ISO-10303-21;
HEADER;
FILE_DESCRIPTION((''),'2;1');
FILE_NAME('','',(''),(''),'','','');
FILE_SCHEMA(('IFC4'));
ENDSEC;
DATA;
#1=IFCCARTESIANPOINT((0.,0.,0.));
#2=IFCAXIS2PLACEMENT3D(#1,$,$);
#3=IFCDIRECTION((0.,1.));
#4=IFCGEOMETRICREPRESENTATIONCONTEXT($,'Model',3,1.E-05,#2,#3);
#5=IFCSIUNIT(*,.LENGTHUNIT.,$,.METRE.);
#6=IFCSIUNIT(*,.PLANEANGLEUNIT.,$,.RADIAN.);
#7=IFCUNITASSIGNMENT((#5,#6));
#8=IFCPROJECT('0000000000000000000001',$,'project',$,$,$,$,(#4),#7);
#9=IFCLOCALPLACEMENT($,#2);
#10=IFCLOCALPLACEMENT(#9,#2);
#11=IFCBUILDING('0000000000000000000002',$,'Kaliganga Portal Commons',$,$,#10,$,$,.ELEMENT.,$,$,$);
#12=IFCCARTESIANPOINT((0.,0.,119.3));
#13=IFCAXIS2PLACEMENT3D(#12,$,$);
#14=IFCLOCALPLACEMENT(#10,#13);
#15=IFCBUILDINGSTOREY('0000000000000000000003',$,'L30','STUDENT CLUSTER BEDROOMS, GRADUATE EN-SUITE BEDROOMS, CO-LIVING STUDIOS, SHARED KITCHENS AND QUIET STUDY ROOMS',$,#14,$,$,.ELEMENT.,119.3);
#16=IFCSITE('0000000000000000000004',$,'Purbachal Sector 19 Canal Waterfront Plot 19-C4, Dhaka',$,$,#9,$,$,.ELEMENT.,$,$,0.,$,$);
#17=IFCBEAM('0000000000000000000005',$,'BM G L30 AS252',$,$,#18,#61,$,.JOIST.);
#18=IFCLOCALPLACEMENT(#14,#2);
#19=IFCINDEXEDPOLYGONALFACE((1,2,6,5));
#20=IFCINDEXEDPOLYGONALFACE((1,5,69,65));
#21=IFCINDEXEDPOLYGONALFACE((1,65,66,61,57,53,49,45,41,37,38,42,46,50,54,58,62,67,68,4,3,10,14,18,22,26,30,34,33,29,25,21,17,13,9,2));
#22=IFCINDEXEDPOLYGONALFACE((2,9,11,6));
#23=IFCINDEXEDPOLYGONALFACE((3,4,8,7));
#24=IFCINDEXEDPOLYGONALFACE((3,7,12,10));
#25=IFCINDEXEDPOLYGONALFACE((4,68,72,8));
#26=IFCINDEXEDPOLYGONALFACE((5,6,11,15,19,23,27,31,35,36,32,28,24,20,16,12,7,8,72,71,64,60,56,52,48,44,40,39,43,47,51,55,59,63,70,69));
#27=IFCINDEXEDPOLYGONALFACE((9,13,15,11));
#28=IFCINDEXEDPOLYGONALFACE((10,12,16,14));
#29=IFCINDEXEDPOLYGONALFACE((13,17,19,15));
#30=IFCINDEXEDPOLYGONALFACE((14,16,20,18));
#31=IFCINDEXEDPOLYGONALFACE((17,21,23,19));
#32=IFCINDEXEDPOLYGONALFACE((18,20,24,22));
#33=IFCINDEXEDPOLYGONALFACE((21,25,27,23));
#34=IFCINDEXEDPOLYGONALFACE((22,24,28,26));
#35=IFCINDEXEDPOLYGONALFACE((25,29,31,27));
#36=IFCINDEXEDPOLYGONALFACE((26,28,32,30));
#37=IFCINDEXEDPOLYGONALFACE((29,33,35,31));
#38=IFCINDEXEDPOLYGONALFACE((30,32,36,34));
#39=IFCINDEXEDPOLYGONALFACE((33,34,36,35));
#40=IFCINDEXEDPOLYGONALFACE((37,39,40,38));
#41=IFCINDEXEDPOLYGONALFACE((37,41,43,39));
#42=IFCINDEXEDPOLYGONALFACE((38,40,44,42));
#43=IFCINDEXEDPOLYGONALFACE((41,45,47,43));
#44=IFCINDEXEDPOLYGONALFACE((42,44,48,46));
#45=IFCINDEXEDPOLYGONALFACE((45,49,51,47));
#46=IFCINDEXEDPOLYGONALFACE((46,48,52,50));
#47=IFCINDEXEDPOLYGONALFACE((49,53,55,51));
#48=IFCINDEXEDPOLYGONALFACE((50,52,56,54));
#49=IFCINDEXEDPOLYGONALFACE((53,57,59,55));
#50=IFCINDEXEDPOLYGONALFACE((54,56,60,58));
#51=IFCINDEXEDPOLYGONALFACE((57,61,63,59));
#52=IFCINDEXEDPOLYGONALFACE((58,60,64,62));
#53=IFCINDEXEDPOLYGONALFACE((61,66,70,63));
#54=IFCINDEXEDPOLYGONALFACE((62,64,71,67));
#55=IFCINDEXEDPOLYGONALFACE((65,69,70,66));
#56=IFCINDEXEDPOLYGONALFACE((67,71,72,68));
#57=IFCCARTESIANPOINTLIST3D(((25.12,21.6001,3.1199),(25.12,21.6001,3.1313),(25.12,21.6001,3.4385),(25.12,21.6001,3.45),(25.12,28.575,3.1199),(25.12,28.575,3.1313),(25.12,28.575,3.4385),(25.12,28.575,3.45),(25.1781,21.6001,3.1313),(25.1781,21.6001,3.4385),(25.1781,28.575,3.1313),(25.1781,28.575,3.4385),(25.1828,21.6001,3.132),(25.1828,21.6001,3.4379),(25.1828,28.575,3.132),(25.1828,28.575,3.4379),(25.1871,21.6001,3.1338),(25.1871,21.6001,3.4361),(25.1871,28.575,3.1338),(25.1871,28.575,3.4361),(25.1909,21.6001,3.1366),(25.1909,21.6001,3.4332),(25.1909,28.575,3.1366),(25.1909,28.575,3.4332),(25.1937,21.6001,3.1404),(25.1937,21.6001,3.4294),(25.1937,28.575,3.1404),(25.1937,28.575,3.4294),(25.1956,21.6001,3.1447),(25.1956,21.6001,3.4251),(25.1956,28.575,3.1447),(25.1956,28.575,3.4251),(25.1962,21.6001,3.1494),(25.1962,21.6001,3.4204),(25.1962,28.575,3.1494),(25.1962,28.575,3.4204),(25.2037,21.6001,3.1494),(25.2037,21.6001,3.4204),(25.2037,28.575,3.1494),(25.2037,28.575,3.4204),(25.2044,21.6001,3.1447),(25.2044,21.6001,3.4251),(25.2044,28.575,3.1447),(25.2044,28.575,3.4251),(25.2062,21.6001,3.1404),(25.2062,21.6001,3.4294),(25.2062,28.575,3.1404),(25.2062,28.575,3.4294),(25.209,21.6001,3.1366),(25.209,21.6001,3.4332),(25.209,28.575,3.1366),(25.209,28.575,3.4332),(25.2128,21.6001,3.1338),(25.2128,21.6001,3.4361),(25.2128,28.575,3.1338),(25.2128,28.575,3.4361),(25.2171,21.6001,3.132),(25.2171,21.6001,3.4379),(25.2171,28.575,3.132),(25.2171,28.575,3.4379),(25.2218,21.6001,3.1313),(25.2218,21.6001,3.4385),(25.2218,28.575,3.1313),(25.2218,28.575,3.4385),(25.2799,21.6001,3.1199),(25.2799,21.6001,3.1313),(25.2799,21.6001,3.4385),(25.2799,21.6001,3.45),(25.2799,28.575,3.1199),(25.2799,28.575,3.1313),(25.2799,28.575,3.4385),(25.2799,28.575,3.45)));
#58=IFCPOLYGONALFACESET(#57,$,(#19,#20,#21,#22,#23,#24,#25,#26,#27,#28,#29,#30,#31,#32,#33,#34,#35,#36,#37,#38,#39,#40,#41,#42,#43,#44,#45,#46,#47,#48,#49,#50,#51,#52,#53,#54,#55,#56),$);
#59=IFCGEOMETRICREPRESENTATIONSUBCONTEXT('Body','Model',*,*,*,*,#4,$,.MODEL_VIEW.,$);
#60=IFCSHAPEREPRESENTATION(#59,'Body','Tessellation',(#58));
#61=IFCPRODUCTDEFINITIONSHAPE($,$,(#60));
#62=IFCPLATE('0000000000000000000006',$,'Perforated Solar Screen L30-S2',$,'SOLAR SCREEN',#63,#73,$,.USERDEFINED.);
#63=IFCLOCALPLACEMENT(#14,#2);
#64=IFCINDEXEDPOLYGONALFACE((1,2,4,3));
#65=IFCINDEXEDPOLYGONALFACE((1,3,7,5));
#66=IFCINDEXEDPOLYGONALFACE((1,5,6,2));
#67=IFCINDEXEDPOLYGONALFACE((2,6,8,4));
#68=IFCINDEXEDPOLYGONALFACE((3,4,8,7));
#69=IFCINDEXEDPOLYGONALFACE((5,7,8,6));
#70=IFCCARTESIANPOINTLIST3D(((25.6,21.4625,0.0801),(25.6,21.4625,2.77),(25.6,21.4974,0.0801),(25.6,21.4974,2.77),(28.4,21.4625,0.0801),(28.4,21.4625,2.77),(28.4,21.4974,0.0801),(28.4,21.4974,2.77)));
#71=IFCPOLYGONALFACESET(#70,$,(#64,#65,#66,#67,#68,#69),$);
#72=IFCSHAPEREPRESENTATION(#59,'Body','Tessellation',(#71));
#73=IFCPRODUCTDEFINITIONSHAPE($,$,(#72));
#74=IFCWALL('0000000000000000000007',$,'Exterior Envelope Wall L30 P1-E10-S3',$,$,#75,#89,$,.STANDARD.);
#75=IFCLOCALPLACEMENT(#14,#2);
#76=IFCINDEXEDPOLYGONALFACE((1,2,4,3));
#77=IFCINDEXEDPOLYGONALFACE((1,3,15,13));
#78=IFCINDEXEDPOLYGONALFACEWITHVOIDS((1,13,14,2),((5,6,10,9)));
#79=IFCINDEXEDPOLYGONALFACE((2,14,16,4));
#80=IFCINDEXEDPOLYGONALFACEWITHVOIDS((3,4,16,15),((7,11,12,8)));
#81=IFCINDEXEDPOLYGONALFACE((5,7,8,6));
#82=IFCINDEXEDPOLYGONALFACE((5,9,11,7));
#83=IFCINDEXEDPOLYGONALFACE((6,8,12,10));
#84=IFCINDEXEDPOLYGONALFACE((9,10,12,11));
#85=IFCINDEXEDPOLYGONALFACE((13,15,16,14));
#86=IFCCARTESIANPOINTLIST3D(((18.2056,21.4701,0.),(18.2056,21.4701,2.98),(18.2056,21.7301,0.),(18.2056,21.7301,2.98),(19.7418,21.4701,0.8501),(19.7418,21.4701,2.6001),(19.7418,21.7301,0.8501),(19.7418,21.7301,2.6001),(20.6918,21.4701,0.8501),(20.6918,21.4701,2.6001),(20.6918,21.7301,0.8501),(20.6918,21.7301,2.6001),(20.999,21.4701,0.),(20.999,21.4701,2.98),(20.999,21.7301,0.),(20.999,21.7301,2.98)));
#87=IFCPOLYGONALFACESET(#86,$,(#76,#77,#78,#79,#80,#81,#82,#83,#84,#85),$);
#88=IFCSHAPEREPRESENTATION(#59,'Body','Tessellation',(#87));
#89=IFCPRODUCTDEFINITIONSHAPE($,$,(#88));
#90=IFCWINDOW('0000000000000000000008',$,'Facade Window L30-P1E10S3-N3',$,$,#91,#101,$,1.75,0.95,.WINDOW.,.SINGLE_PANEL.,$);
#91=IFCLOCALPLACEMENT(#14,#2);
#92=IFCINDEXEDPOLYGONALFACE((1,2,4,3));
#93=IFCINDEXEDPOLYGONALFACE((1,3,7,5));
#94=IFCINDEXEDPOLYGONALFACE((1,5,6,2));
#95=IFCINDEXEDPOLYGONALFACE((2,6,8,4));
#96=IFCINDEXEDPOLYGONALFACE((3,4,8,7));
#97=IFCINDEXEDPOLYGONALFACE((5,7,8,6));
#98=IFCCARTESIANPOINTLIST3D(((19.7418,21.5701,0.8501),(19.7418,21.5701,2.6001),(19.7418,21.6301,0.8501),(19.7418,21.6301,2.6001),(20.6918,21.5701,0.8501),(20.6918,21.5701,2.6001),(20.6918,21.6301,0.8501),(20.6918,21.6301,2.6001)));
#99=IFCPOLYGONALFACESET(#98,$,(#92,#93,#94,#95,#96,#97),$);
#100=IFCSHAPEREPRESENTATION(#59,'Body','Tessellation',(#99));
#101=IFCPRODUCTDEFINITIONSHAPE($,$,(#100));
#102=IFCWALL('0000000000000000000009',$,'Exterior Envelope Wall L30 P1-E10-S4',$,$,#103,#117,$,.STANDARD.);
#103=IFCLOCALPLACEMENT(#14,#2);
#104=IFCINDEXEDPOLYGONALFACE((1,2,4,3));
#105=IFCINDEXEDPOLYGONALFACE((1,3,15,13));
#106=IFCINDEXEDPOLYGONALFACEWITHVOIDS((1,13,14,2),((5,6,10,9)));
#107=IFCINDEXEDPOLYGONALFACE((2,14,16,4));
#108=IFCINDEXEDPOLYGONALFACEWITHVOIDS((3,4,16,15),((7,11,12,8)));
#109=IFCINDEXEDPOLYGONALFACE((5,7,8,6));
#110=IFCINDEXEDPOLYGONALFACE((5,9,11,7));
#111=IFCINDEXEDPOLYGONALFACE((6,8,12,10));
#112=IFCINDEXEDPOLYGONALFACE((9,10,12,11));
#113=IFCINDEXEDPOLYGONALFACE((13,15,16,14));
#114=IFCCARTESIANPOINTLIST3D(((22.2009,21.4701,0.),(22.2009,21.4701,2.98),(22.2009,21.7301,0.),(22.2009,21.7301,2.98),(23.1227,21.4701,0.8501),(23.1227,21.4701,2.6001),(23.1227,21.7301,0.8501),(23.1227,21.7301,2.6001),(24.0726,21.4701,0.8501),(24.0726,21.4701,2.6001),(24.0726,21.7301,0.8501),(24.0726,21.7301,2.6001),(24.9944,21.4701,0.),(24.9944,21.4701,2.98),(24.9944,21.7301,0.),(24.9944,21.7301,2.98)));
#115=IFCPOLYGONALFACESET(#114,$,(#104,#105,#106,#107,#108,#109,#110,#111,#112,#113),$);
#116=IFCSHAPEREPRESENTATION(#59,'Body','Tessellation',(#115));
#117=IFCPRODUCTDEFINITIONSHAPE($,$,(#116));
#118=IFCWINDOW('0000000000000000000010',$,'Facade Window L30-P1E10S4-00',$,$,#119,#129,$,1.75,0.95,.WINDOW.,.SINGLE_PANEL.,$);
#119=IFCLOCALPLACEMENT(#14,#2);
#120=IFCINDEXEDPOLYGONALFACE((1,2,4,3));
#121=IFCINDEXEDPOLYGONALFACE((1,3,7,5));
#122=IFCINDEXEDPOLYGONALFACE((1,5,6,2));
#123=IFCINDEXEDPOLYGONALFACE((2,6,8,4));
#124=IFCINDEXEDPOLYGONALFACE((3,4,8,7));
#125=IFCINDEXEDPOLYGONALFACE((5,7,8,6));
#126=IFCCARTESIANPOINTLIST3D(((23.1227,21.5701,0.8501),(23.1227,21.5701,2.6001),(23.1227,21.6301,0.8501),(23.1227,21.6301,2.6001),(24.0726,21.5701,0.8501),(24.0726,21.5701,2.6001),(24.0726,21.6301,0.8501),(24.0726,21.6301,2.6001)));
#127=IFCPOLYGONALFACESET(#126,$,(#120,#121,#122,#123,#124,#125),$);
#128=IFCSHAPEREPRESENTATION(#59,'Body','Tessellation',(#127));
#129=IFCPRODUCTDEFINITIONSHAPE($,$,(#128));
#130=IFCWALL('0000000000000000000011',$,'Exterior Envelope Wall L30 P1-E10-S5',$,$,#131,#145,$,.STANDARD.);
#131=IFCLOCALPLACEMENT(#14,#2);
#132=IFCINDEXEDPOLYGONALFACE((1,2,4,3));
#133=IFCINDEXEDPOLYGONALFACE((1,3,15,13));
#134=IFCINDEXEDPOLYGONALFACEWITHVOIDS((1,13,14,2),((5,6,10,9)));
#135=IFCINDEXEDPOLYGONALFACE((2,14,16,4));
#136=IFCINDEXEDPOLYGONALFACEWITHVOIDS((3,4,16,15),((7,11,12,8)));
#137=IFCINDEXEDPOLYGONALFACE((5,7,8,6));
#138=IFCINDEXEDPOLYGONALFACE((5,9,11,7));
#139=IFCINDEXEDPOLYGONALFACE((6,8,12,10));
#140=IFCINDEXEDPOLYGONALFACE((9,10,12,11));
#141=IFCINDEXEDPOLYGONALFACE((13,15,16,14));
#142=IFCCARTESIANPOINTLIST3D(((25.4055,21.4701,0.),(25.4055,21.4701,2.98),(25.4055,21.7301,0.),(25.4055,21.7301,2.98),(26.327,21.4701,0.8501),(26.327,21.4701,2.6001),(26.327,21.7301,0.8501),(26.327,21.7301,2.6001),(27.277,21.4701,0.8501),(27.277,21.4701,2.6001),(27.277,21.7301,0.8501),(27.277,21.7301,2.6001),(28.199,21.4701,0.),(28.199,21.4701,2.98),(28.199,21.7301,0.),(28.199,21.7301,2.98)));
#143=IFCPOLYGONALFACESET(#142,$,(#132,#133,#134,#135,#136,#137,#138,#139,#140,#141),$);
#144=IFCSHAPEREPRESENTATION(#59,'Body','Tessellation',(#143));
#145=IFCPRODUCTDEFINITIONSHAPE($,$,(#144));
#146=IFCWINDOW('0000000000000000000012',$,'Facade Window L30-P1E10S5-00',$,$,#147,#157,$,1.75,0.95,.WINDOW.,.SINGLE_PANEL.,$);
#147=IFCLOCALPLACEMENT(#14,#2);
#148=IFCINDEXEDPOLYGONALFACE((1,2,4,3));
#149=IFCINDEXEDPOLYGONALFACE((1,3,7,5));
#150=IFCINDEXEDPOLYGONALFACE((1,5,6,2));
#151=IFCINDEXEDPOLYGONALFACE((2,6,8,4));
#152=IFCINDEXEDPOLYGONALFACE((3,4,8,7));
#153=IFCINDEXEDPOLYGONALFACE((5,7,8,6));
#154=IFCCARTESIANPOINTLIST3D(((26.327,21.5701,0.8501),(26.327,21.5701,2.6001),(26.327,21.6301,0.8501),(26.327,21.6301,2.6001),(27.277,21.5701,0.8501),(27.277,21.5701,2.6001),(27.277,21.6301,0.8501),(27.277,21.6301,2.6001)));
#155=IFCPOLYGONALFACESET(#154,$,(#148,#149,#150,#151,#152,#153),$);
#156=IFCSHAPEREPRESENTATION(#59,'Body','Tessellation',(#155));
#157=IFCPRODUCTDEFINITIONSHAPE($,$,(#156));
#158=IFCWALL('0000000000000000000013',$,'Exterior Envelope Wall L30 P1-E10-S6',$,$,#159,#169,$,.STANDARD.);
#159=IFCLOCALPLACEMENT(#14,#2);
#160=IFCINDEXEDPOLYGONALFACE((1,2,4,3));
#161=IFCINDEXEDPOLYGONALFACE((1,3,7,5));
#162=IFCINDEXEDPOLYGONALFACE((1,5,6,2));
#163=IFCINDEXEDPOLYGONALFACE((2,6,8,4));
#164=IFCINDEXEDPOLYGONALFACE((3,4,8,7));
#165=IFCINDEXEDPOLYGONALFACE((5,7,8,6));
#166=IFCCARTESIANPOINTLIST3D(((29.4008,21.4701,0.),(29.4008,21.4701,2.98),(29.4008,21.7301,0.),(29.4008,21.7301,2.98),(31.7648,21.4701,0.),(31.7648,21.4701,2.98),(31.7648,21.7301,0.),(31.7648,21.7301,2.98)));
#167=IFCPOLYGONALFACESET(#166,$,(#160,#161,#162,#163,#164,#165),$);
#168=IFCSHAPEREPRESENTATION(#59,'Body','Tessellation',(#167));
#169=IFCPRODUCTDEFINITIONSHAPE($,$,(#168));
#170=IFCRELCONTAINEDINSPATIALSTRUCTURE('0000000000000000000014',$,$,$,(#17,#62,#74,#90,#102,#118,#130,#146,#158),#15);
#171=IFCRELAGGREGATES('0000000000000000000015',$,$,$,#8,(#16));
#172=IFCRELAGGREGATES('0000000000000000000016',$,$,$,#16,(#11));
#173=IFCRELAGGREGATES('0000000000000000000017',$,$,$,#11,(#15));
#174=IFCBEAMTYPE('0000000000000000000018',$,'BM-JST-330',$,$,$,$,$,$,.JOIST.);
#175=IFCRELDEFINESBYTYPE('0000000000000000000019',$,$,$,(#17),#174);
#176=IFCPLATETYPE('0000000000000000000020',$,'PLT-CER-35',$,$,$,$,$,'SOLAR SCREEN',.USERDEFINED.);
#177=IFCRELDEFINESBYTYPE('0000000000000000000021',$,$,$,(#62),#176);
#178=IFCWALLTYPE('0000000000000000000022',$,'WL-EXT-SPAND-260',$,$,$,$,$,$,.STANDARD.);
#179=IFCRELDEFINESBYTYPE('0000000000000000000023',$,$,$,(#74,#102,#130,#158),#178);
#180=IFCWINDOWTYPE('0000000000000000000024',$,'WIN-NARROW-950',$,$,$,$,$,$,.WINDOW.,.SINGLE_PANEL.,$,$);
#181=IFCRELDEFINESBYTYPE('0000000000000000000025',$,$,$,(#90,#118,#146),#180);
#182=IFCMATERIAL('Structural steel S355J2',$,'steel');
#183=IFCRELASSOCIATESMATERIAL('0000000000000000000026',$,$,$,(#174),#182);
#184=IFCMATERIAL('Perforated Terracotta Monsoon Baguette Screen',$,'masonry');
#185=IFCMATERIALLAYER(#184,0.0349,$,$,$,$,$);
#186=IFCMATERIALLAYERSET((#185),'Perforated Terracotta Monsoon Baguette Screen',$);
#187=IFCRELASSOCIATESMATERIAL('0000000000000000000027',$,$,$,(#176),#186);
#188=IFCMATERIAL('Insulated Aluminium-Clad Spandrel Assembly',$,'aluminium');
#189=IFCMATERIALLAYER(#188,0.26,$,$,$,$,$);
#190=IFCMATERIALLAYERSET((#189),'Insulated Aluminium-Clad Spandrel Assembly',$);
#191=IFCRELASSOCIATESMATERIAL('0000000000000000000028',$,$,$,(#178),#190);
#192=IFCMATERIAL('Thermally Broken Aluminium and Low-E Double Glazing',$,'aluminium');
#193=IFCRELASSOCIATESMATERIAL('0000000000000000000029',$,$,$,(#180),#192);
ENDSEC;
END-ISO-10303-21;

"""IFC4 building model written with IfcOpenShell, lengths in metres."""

from ifc_helpers import new_model, si_unit, direction, frame, frame_2d, origin, origin_2d, place, context, subcontext, project, spatial, rectangle, i_section, extrude, source, transform, mapped, material, layer, layer_set, material_profile, profile_set, type_object, element, fill, save


model = new_model("IFC4")

# Units and contexts
model_context = context("Model", 3, precision=1e-05, world=origin(), true_north=direction((0.0, 1.0)))
body_context = subcontext(model_context, "Body", "Model", "MODEL_VIEW")
ifc_project = project(units=[si_unit("LENGTHUNIT", "METRE"), si_unit("PLANEANGLEUNIT", "RADIAN")], contexts=[model_context])

# Site, building, storey
site_placement = place(None, origin())
site = spatial("IfcSite", under=ifc_project, at=site_placement, Name="Purbachal Sector 19 Canal Waterfront Plot 19-C4, Dhaka", CompositionType="ELEMENT", RefElevation=0.0)
building_placement = place(site_placement, origin())
building = spatial("IfcBuilding", under=site, at=building_placement, Name="Kaliganga Portal Commons", CompositionType="ELEMENT")
storey_placement = place(building_placement, frame((0.0, 0.0, 119.3)))
storey = spatial("IfcBuildingStorey", under=building, at=storey_placement, Name="L30", Description="STUDENT CLUSTER BEDROOMS, GRADUATE EN-SUITE BEDROOMS, CO-LIVING STUDIOS, SHARED KITCHENS AND QUIET STUDY ROOMS", CompositionType="ELEMENT", Elevation=119.3)

# Beam
ifc_material_1 = material(Name="Structural steel S355J2", Category="steel")
ifc_material_profile_1 = material_profile(ifc_material_1, i_section(OverallWidth=0.1599, OverallDepth=0.3301, WebThickness=0.0076, FlangeThickness=0.0115, FilletRadius=0.0181, at=origin_2d()), Name="IPE 330")
ifc_profile_set_1 = profile_set([ifc_material_profile_1], Name="Structural steel S355J2 wide-flange")
beam_type_1 = type_object("IfcBeamType", Name="BM-JST-330", PredefinedType="JOIST", material=ifc_profile_set_1)
shared_shape_1 = source(origin(), body_context, "Body", "SweptSolid", [
    extrude(i_section(OverallWidth=0.1599, OverallDepth=0.3301, WebThickness=0.0076, FlangeThickness=0.0115, FilletRadius=0.0181, at=origin_2d()), origin(), (0.0, 0.0, 1.0), 6.9749),
])
beam_1_placement = place(storey_placement, frame((25.2, 21.6001, 3.2849), z_axis=(0.0, 1.0, 0.0), x_axis=(-1.0, 0.0, 0.0)))
element("IfcBeam", 1, at=beam_1_placement, inside=storey, type_object=beam_type_1, Name="BM G L30 AS252", PredefinedType="JOIST", context=body_context, shape_type="MappedRepresentation", body=[
    mapped(shared_shape_1, transform((0.0, 0.0, 0.0), x_axis=(1.0, 0.0, 0.0), y_axis=(0.0, 1.0, 0.0), z_axis=(0.0, 0.0, 1.0), scale=1.0)),
])

# Plate
ifc_material_2 = material(Name="Perforated Terracotta Monsoon Baguette Screen", Category="masonry")
ifc_layer_1 = layer(ifc_material_2, 0.0349)
ifc_layer_set_1 = layer_set([ifc_layer_1], Name="Perforated Terracotta Monsoon Baguette Screen")
plate_type = type_object("IfcPlateType", Name="PLT-CER-35", ElementType="SOLAR SCREEN", PredefinedType="USERDEFINED", material=ifc_layer_set_1)
shared_shape_2 = source(origin(), body_context, "Body", "SweptSolid", [
    extrude(rectangle(XDim=2.8, YDim=0.0349, at=origin_2d()), origin(), (0.0, 0.0, 1.0), 2.6899),
])
plate_placement = place(storey_placement, frame((27.0, 21.48, 0.0801), z_axis=(0.0, 0.0, 1.0), x_axis=(1.0, 0.0, 0.0)))
element("IfcPlate", 2, at=plate_placement, inside=storey, type_object=plate_type, Name="Perforated Solar Screen L30-S2", ObjectType="SOLAR SCREEN", PredefinedType="USERDEFINED", context=body_context, shape_type="MappedRepresentation", body=[
    mapped(shared_shape_2, transform((0.0, 0.0, 0.0), x_axis=(1.0, 0.0, 0.0), y_axis=(0.0, 1.0, 0.0), z_axis=(0.0, 0.0, 1.0), scale=1.0)),
])

# Walls, openings, windows
ifc_material_3 = material(Name="Insulated Aluminium-Clad Spandrel Assembly", Category="aluminium")
ifc_layer_2 = layer(ifc_material_3, 0.26)
ifc_layer_set_2 = layer_set([ifc_layer_2], Name="Insulated Aluminium-Clad Spandrel Assembly")
wall_type_1 = type_object("IfcWallType", Name="WL-EXT-SPAND-260", PredefinedType="STANDARD", material=ifc_layer_set_2)
wall_1_placement = place(storey_placement, frame((20.999, 21.6001, 0.0), z_axis=(0.0, 0.0, 1.0), x_axis=(-1.0, 0.0, 0.0)))
wall_1 = element("IfcWall", 3, at=wall_1_placement, inside=storey, type_object=wall_type_1, Name="Exterior Envelope Wall L30 P1-E10-S3", PredefinedType="STANDARD", context=body_context, shape_type="SweptSolid", body=[
    extrude(rectangle(XDim=2.7935, YDim=0.26, at=frame_2d((1.3967, 0.0))), origin(), (0.0, 0.0, 1.0), 2.98),
])
opening_1_placement = place(wall_1_placement, frame((0.3071, 0.0, 0.8501)))
opening_1 = element("IfcOpeningElement", 4, at=opening_1_placement, cuts=wall_1, PredefinedType="OPENING", context=body_context, shape_type="SweptSolid", body=[
    extrude(rectangle(XDim=0.95, YDim=1.75, at=frame_2d((0.4751, 0.875))), frame((0.0, 0.1401, 0.0), z_axis=(0.0, -1.0, 0.0), x_axis=(1.0, 0.0, 0.0)), (0.0, 0.0, 1.0), 0.28),
])
ifc_material_4 = material(Name="Thermally Broken Aluminium and Low-E Double Glazing", Category="aluminium")
window_type_1 = type_object("IfcWindowType", Name="WIN-NARROW-950", PartitioningType="SINGLE_PANEL", PredefinedType="WINDOW", material=ifc_material_4)
window_1_placement = place(opening_1_placement, origin())
window_1 = element("IfcWindow", 5, at=window_1_placement, inside=storey, type_object=window_type_1, Name="Facade Window L30-P1E10S3-N3", OverallHeight=1.75, OverallWidth=0.95, PartitioningType="SINGLE_PANEL", PredefinedType="WINDOW", context=body_context, shape_type="SweptSolid", body=[
    extrude(rectangle(XDim=0.95, YDim=1.75, at=frame_2d((0.4751, 0.875))), frame((0.0, 0.03, 0.0), z_axis=(0.0, -1.0, 0.0), x_axis=(1.0, 0.0, 0.0)), (0.0, 0.0, 1.0), 0.0601),
])
fill(opening_1, window_1)
wall_2_placement = place(storey_placement, frame((24.9944, 21.6001, 0.0), z_axis=(0.0, 0.0, 1.0), x_axis=(-1.0, 0.0, 0.0)))
wall_2 = element("IfcWall", 6, at=wall_2_placement, inside=storey, type_object=wall_type_1, Name="Exterior Envelope Wall L30 P1-E10-S4", PredefinedType="STANDARD", context=body_context, shape_type="SweptSolid", body=[
    extrude(rectangle(XDim=2.7935, YDim=0.26, at=frame_2d((1.3967, 0.0))), origin(), (0.0, 0.0, 1.0), 2.98),
])
opening_2_placement = place(wall_2_placement, frame((0.9216, 0.0, 0.8501)))
opening_2 = element("IfcOpeningElement", 7, at=opening_2_placement, cuts=wall_2, PredefinedType="OPENING", context=body_context, shape_type="SweptSolid", body=[
    extrude(rectangle(XDim=0.95, YDim=1.75, at=frame_2d((0.4751, 0.875))), frame((0.0, 0.1401, 0.0), z_axis=(0.0, -1.0, 0.0), x_axis=(1.0, 0.0, 0.0)), (0.0, 0.0, 1.0), 0.28),
])
window_2_placement = place(opening_2_placement, origin())
window_2 = element("IfcWindow", 8, at=window_2_placement, inside=storey, type_object=window_type_1, Name="Facade Window L30-P1E10S4-00", OverallHeight=1.75, OverallWidth=0.95, PartitioningType="SINGLE_PANEL", PredefinedType="WINDOW", context=body_context, shape_type="SweptSolid", body=[
    extrude(rectangle(XDim=0.95, YDim=1.75, at=frame_2d((0.4751, 0.875))), frame((0.0, 0.03, 0.0), z_axis=(0.0, -1.0, 0.0), x_axis=(1.0, 0.0, 0.0)), (0.0, 0.0, 1.0), 0.0601),
])
fill(opening_2, window_2)
wall_3_placement = place(storey_placement, frame((28.199, 21.6001, 0.0), z_axis=(0.0, 0.0, 1.0), x_axis=(-1.0, 0.0, 0.0)))
wall_3 = element("IfcWall", 9, at=wall_3_placement, inside=storey, type_object=wall_type_1, Name="Exterior Envelope Wall L30 P1-E10-S5", PredefinedType="STANDARD", context=body_context, shape_type="SweptSolid", body=[
    extrude(rectangle(XDim=2.7935, YDim=0.26, at=frame_2d((1.3967, 0.0))), origin(), (0.0, 0.0, 1.0), 2.98),
])
opening_3_placement = place(wall_3_placement, frame((0.9219, 0.0, 0.8501)))
opening_3 = element("IfcOpeningElement", 10, at=opening_3_placement, cuts=wall_3, PredefinedType="OPENING", context=body_context, shape_type="SweptSolid", body=[
    extrude(rectangle(XDim=0.95, YDim=1.75, at=frame_2d((0.4751, 0.875))), frame((0.0, 0.1401, 0.0), z_axis=(0.0, -1.0, 0.0), x_axis=(1.0, 0.0, 0.0)), (0.0, 0.0, 1.0), 0.28),
])
window_3_placement = place(opening_3_placement, origin())
window_3 = element("IfcWindow", 11, at=window_3_placement, inside=storey, type_object=window_type_1, Name="Facade Window L30-P1E10S5-00", OverallHeight=1.75, OverallWidth=0.95, PartitioningType="SINGLE_PANEL", PredefinedType="WINDOW", context=body_context, shape_type="SweptSolid", body=[
    extrude(rectangle(XDim=0.95, YDim=1.75, at=frame_2d((0.4751, 0.875))), frame((0.0, 0.03, 0.0), z_axis=(0.0, -1.0, 0.0), x_axis=(1.0, 0.0, 0.0)), (0.0, 0.0, 1.0), 0.0601),
])
fill(opening_3, window_3)

# Wall
wall_4_placement = place(storey_placement, frame((31.7649, 21.6001, 0.0), z_axis=(0.0, 0.0, 1.0), x_axis=(-1.0, 0.0, 0.0)))
element("IfcWall", 12, at=wall_4_placement, inside=storey, type_object=wall_type_1, Name="Exterior Envelope Wall L30 P1-E10-S6", PredefinedType="STANDARD", context=body_context, shape_type="SweptSolid", body=[
    extrude(rectangle(XDim=2.364, YDim=0.26, at=frame_2d((1.1821, 0.0))), origin(), (0.0, 0.0, 1.0), 2.98),
])

save(model, "model.ifc")
